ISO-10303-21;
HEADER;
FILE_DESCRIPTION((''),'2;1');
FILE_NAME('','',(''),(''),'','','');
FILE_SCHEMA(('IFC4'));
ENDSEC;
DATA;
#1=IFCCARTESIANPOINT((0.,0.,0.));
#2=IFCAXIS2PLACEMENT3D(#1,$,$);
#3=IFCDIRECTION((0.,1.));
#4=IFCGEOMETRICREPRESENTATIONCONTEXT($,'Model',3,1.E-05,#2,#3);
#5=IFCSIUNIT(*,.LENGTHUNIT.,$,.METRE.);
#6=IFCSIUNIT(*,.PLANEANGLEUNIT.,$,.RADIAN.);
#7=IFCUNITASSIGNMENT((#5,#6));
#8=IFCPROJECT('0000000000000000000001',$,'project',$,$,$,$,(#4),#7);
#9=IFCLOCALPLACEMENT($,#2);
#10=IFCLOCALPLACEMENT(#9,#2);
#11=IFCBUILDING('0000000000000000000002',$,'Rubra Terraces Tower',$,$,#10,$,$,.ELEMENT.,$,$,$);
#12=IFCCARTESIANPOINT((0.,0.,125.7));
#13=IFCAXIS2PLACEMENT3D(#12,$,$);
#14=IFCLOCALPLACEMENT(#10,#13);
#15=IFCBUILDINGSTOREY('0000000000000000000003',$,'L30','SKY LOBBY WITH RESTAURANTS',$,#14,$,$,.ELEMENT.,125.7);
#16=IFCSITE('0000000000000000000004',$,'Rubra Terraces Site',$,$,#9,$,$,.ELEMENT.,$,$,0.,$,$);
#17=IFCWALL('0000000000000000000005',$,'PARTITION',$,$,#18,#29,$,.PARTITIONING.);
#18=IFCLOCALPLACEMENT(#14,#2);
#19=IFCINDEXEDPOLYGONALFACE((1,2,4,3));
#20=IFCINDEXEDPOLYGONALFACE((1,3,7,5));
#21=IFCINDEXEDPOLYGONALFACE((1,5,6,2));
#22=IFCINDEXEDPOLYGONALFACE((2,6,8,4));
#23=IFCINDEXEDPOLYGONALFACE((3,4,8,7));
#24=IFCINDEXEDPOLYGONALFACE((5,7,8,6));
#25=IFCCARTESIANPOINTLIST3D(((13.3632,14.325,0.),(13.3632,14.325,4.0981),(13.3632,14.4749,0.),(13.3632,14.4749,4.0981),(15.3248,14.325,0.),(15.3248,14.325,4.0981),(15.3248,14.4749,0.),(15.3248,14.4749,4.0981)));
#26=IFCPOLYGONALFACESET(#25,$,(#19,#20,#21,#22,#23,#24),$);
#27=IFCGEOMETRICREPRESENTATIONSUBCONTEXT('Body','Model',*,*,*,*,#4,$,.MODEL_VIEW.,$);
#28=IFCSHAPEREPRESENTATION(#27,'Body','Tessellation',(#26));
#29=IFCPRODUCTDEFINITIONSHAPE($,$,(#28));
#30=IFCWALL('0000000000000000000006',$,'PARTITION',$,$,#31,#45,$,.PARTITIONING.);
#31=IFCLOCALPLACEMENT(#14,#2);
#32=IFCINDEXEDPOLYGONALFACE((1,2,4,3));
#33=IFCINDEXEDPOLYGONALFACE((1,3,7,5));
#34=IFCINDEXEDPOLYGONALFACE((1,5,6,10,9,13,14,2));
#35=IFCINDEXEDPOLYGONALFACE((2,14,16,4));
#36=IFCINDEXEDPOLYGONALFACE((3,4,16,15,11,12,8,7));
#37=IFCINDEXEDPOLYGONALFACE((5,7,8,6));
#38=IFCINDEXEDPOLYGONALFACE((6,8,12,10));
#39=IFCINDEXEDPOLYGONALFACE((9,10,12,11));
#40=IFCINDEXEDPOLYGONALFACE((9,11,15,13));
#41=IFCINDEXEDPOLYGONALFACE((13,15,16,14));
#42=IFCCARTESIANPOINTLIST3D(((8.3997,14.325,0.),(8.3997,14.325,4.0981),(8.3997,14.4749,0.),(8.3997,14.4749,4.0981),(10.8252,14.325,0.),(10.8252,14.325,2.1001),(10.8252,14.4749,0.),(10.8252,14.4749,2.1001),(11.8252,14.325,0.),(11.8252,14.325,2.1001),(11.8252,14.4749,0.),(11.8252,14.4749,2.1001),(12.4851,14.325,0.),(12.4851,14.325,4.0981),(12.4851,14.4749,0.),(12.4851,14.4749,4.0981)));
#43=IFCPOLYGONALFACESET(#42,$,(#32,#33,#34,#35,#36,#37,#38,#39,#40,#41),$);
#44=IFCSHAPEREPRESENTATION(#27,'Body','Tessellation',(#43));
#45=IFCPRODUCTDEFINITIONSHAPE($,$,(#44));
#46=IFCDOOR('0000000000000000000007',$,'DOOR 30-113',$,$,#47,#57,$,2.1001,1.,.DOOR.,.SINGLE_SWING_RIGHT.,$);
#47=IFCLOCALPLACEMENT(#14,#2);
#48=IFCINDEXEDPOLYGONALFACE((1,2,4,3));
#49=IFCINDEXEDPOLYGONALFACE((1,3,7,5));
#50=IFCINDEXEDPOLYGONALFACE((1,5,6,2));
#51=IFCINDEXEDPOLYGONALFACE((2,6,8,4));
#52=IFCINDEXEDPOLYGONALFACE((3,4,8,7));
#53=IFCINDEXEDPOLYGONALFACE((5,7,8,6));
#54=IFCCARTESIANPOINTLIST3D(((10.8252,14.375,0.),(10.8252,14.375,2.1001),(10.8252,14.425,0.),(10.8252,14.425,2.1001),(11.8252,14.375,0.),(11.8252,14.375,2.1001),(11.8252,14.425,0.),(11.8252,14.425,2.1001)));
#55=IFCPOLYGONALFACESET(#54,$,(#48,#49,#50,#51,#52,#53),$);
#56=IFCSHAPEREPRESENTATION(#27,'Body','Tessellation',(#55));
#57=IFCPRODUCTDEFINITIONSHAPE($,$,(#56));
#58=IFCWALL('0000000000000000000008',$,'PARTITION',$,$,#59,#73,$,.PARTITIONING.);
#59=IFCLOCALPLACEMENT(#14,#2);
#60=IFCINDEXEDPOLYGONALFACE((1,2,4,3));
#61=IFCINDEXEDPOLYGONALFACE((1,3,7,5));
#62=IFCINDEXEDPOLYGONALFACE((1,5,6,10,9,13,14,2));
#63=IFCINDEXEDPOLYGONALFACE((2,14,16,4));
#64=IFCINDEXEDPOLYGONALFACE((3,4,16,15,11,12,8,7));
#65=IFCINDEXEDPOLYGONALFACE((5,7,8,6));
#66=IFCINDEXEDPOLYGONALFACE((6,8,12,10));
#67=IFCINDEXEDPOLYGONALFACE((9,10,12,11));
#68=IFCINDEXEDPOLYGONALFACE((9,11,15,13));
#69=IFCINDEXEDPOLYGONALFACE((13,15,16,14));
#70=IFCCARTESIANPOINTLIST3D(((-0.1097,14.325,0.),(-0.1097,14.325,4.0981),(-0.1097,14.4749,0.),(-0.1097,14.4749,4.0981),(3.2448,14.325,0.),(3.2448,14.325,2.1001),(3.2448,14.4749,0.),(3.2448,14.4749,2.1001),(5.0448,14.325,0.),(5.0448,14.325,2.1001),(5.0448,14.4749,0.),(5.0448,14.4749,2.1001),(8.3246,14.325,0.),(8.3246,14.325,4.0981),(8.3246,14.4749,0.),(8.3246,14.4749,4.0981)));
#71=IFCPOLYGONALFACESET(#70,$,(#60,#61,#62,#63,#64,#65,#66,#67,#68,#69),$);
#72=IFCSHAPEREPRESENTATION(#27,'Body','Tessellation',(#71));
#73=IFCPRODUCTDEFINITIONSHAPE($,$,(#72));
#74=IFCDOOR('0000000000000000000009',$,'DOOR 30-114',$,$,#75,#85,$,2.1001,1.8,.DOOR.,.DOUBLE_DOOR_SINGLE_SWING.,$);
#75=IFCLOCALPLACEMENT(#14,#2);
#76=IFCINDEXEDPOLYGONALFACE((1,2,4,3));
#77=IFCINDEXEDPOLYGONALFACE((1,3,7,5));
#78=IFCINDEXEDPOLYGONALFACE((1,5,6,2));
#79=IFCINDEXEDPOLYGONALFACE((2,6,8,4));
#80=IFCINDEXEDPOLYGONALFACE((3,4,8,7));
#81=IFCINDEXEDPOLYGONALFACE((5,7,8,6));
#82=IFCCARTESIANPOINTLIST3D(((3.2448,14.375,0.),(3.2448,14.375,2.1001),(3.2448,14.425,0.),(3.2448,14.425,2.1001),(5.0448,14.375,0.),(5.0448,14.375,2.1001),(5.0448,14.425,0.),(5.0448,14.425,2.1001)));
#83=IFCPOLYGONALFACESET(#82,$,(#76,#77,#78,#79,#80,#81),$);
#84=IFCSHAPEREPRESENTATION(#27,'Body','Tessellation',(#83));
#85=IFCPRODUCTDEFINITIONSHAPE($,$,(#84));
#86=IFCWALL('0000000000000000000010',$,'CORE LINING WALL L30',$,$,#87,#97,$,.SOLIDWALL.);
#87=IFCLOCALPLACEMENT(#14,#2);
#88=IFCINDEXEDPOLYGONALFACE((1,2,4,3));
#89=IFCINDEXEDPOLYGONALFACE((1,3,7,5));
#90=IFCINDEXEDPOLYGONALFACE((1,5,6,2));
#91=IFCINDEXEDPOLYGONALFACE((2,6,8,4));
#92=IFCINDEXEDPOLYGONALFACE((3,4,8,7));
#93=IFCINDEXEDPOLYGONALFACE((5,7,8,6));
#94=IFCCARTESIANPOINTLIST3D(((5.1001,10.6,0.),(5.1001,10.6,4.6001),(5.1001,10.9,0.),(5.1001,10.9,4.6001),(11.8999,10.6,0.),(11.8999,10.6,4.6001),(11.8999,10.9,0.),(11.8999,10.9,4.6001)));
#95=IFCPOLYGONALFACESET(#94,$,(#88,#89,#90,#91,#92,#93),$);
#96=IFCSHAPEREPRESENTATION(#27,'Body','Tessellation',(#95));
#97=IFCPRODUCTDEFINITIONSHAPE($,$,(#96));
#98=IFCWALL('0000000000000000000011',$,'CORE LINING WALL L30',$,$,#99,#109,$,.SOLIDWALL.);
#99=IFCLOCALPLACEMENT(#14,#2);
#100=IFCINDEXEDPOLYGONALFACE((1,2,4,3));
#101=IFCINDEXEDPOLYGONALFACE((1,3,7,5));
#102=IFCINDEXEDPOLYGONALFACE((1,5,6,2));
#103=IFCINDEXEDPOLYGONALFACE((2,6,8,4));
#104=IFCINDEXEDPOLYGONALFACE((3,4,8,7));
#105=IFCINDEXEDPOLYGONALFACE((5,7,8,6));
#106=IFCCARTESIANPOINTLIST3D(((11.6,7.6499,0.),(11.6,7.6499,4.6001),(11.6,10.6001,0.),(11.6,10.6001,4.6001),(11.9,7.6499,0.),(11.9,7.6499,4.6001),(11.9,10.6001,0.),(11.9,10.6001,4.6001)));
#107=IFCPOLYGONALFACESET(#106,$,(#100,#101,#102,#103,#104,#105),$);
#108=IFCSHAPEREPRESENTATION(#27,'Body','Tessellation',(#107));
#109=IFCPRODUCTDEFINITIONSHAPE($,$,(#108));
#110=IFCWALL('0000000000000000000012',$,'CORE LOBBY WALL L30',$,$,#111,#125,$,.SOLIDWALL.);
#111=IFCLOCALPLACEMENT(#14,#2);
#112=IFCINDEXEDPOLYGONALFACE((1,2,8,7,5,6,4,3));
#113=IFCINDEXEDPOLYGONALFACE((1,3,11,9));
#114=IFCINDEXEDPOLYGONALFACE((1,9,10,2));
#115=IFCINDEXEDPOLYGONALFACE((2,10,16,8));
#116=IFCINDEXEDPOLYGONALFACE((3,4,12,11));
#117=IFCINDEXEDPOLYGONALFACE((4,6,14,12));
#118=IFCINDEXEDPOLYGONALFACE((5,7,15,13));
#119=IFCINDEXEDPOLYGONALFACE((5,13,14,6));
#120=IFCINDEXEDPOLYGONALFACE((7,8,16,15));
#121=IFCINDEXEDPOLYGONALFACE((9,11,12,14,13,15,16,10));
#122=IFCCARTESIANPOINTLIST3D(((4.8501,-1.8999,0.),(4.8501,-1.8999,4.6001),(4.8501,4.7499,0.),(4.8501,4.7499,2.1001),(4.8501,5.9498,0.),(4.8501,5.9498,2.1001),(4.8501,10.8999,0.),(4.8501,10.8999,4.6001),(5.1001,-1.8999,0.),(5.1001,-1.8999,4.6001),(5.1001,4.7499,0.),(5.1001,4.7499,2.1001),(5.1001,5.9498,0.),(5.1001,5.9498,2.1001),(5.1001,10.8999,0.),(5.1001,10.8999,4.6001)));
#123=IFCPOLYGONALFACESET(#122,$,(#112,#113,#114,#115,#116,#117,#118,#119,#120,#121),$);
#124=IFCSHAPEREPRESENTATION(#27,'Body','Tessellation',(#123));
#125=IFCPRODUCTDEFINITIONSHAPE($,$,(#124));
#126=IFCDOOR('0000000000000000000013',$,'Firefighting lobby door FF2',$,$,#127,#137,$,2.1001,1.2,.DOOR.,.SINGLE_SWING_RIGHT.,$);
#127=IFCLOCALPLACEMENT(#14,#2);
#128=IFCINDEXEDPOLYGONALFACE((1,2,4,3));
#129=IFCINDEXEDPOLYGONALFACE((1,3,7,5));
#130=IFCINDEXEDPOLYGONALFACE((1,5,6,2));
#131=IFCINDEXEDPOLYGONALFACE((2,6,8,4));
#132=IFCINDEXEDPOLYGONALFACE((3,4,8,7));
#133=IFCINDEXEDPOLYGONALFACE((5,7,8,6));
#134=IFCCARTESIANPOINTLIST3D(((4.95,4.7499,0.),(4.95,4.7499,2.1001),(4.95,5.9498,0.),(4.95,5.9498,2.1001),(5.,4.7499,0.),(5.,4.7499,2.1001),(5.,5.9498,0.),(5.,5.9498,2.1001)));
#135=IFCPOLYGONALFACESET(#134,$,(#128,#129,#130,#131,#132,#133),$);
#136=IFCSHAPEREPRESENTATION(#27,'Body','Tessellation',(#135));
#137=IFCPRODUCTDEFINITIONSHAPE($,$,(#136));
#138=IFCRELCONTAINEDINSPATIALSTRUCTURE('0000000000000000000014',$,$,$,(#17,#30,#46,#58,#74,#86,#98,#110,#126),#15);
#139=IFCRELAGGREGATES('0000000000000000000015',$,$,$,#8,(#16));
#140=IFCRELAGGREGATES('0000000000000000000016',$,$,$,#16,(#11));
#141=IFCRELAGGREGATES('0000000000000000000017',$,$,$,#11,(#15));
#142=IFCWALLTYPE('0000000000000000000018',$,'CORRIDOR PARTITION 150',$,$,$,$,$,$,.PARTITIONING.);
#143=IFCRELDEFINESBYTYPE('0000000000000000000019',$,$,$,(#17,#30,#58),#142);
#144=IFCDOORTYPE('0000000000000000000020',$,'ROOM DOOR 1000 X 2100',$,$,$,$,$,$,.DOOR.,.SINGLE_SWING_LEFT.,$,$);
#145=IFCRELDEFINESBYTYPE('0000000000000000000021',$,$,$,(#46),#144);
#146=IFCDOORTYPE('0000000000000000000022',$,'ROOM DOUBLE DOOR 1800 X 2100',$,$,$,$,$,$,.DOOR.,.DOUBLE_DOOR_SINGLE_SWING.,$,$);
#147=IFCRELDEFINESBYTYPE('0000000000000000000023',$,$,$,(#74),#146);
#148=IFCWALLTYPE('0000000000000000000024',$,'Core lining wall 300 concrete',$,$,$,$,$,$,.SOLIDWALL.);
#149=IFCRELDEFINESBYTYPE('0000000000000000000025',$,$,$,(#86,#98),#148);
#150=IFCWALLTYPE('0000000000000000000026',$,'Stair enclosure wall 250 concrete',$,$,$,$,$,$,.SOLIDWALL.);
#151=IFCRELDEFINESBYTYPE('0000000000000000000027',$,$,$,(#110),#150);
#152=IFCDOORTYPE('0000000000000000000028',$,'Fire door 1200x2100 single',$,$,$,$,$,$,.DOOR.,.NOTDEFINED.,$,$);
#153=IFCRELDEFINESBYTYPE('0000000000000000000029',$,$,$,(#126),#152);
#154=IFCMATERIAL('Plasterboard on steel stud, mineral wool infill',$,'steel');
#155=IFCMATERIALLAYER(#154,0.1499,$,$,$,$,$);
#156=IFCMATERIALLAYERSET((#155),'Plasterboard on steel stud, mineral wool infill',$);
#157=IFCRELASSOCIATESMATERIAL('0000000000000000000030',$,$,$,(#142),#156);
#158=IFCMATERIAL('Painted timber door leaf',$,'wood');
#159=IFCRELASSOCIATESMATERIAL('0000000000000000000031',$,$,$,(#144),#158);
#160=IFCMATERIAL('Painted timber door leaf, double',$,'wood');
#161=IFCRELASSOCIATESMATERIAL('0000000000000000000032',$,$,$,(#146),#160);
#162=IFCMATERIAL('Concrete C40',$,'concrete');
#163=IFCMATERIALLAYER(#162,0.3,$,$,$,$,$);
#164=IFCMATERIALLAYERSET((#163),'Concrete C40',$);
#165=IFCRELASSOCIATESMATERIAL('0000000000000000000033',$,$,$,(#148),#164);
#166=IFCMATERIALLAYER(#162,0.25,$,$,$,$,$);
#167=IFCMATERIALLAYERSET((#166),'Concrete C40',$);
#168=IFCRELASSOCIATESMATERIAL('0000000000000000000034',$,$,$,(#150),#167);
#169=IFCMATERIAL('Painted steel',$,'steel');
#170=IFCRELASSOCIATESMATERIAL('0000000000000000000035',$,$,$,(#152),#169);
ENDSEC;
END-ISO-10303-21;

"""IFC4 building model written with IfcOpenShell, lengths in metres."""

from ifc_helpers import new_model, si_unit, direction, frame, frame_2d, origin, place, context, subcontext, project, spatial, rectangle, extrude, material, layer, layer_set, type_object, element, fill, save


model = new_model("IFC4")

# Units and contexts
model_context = context("Model", 3, precision=1e-05, world=origin(), true_north=direction((0.0, 1.0)))
body_context = subcontext(model_context, "Body", "Model", "MODEL_VIEW")
ifc_project = project(units=[si_unit("LENGTHUNIT", "METRE"), si_unit("PLANEANGLEUNIT", "RADIAN")], contexts=[model_context])

# Site, building, storey
site_placement = place(None, origin())
site = spatial("IfcSite", under=ifc_project, at=site_placement, Name="Rubra Terraces Site", CompositionType="ELEMENT", RefElevation=0.0)
building_placement = place(site_placement, origin())
building = spatial("IfcBuilding", under=site, at=building_placement, Name="Rubra Terraces Tower", CompositionType="ELEMENT")
storey_placement = place(building_placement, frame((0.0, 0.0, 125.7)))
storey = spatial("IfcBuildingStorey", under=building, at=storey_placement, Name="L30", Description="SKY LOBBY WITH RESTAURANTS", CompositionType="ELEMENT", Elevation=125.7)

# Wall
ifc_material_1 = material(Name="Plasterboard on steel stud, mineral wool infill", Category="steel")
ifc_layer_1 = layer(ifc_material_1, 0.1499)
ifc_layer_set_1 = layer_set([ifc_layer_1], Name="Plasterboard on steel stud, mineral wool infill")
wall_type_1 = type_object("IfcWallType", Name="CORRIDOR PARTITION 150", PredefinedType="PARTITIONING", material=ifc_layer_set_1)
wall_1_placement = place(storey_placement, frame((15.325, 14.3999, 0.0), z_axis=(0.0, 0.0, 1.0), x_axis=(-1.0, 0.0, 0.0)))
element("IfcWall", 1, at=wall_1_placement, inside=storey, type_object=wall_type_1, Name="PARTITION", PredefinedType="PARTITIONING", context=body_context, shape_type="SweptSolid", body=[
    extrude(rectangle(XDim=1.9617, YDim=0.1499, at=frame_2d((0.981, 0.0))), origin(), (0.0, 0.0, 1.0), 4.0981),
])

# Walls, openings, doors
wall_2_placement = place(storey_placement, frame((12.4851, 14.3999, 0.0), z_axis=(0.0, 0.0, 1.0), x_axis=(-1.0, 0.0, 0.0)))
wall_2 = element("IfcWall", 2, at=wall_2_placement, inside=storey, type_object=wall_type_1, Name="PARTITION", PredefinedType="PARTITIONING", context=body_context, shape_type="SweptSolid", body=[
    extrude(rectangle(XDim=4.0854, YDim=0.1499, at=frame_2d((2.0427, 0.0))), origin(), (0.0, 0.0, 1.0), 4.0981),
])
opening_1_placement = place(wall_2_placement, frame((0.6599, 0.0, 0.0)))
opening_1 = element("IfcOpeningElement", 3, at=opening_1_placement, cuts=wall_2, PredefinedType="OPENING", context=body_context, shape_type="SweptSolid", body=[
    extrude(rectangle(XDim=1.0, YDim=2.1001, at=frame_2d((0.5, 1.05))), frame((0.0, 0.085, 0.0), z_axis=(0.0, -1.0, 0.0), x_axis=(1.0, 0.0, 0.0)), (0.0, 0.0, 1.0), 0.1699),
])
ifc_material_2 = material(Name="Painted timber door leaf", Category="wood")
door_type_1 = type_object("IfcDoorType", Name="ROOM DOOR 1000 X 2100", OperationType="SINGLE_SWING_LEFT", PredefinedType="DOOR", material=ifc_material_2)
door_1_placement = place(opening_1_placement, origin())
door_1 = element("IfcDoor", 4, at=door_1_placement, inside=storey, type_object=door_type_1, Name="DOOR 30-113", OperationType="SINGLE_SWING_RIGHT", OverallHeight=2.1001, OverallWidth=1.0, PredefinedType="DOOR", context=body_context, shape_type="SweptSolid", body=[
    extrude(rectangle(XDim=1.0, YDim=2.1001, at=frame_2d((0.5, 1.05))), frame((0.0, 0.0249, 0.0), z_axis=(0.0, -1.0, 0.0), x_axis=(1.0, 0.0, 0.0)), (0.0, 0.0, 1.0), 0.05),
])
fill(opening_1, door_1)
wall_3_placement = place(storey_placement, frame((8.3247, 14.3999, 0.0), z_axis=(0.0, 0.0, 1.0), x_axis=(-1.0, 0.0, 0.0)))
wall_3 = element("IfcWall", 5, at=wall_3_placement, inside=storey, type_object=wall_type_1, Name="PARTITION", PredefinedType="PARTITIONING", context=body_context, shape_type="SweptSolid", body=[
    extrude(rectangle(XDim=8.4343, YDim=0.1499, at=frame_2d((4.2173, 0.0))), origin(), (0.0, 0.0, 1.0), 4.0981),
])
opening_2_placement = place(wall_3_placement, frame((3.28, 0.0, 0.0)))
opening_2 = element("IfcOpeningElement", 6, at=opening_2_placement, cuts=wall_3, PredefinedType="OPENING", context=body_context, shape_type="SweptSolid", body=[
    extrude(rectangle(XDim=1.8, YDim=2.1001, at=frame_2d((0.8999, 1.05))), frame((0.0, 0.085, 0.0), z_axis=(0.0, -1.0, 0.0), x_axis=(1.0, 0.0, 0.0)), (0.0, 0.0, 1.0), 0.1699),
])
ifc_material_3 = material(Name="Painted timber door leaf, double", Category="wood")
door_type_2 = type_object("IfcDoorType", Name="ROOM DOUBLE DOOR 1800 X 2100", OperationType="DOUBLE_DOOR_SINGLE_SWING", PredefinedType="DOOR", material=ifc_material_3)
door_2_placement = place(opening_2_placement, origin())
door_2 = element("IfcDoor", 7, at=door_2_placement, inside=storey, type_object=door_type_2, Name="DOOR 30-114", OperationType="DOUBLE_DOOR_SINGLE_SWING", OverallHeight=2.1001, OverallWidth=1.8, PredefinedType="DOOR", context=body_context, shape_type="SweptSolid", body=[
    extrude(rectangle(XDim=1.8, YDim=2.1001, at=frame_2d((0.8999, 1.05))), frame((0.0, 0.0249, 0.0), z_axis=(0.0, -1.0, 0.0), x_axis=(1.0, 0.0, 0.0)), (0.0, 0.0, 1.0), 0.05),
])
fill(opening_2, door_2)

# Walls
ifc_material_4 = material(Name="Concrete C40", Category="concrete")
ifc_layer_2 = layer(ifc_material_4, 0.3)
ifc_layer_set_2 = layer_set([ifc_layer_2], Name="Concrete C40")
wall_type_2 = type_object("IfcWallType", Name="Core lining wall 300 concrete", PredefinedType="SOLIDWALL", material=ifc_layer_set_2)
wall_4_placement = place(storey_placement, frame((11.8999, 10.75, 0.0), z_axis=(0.0, 0.0, 1.0), x_axis=(-1.0, 0.0, 0.0)))
element("IfcWall", 8, at=wall_4_placement, inside=storey, type_object=wall_type_2, Name="CORE LINING WALL L30", PredefinedType="SOLIDWALL", context=body_context, shape_type="SweptSolid", body=[
    extrude(rectangle(XDim=6.7998, YDim=0.3, at=frame_2d((3.3999, 0.0))), origin(), (0.0, 0.0, 1.0), 4.6001),
])
wall_5_placement = place(storey_placement, frame((11.75, 10.6001, 0.0), z_axis=(0.0, 0.0, 1.0), x_axis=(0.0, -1.0, 0.0)))
element("IfcWall", 9, at=wall_5_placement, inside=storey, type_object=wall_type_2, Name="CORE LINING WALL L30", PredefinedType="SOLIDWALL", context=body_context, shape_type="SweptSolid", body=[
    extrude(rectangle(XDim=2.9502, YDim=0.3, at=frame_2d((1.4751, 0.0))), origin(), (0.0, 0.0, 1.0), 4.6001),
])

# Wall, opening, door
ifc_layer_3 = layer(ifc_material_4, 0.25)
ifc_layer_set_3 = layer_set([ifc_layer_3], Name="Concrete C40")
wall_type_3 = type_object("IfcWallType", Name="Stair enclosure wall 250 concrete", PredefinedType="SOLIDWALL", material=ifc_layer_set_3)
wall_6_placement = place(storey_placement, frame((4.9751, 10.8999, 0.0), z_axis=(0.0, 0.0, 1.0), x_axis=(0.0, -1.0, 0.0)))
wall_6 = element("IfcWall", 10, at=wall_6_placement, inside=storey, type_object=wall_type_3, Name="CORE LOBBY WALL L30", PredefinedType="SOLIDWALL", context=body_context, shape_type="SweptSolid", body=[
    extrude(rectangle(XDim=12.7998, YDim=0.25, at=frame_2d((6.3999, 0.0))), origin(), (0.0, 0.0, 1.0), 4.6001),
])
opening_3_placement = place(wall_6_placement, frame((4.95, 0.0, 0.0)))
opening_3 = element("IfcOpeningElement", 11, at=opening_3_placement, cuts=wall_6, PredefinedType="OPENING", context=body_context, shape_type="SweptSolid", body=[
    extrude(rectangle(XDim=1.2, YDim=2.1001, at=frame_2d((0.6001, 1.05))), frame((0.0, 0.135, 0.0), z_axis=(0.0, -1.0, 0.0), x_axis=(1.0, 0.0, 0.0)), (0.0, 0.0, 1.0), 0.27),
])
ifc_material_5 = material(Name="Painted steel", Category="steel")
door_type_3 = type_object("IfcDoorType", Name="Fire door 1200x2100 single", OperationType="NOTDEFINED", PredefinedType="DOOR", material=ifc_material_5)
door_3_placement = place(opening_3_placement, origin())
door_3 = element("IfcDoor", 12, at=door_3_placement, inside=storey, type_object=door_type_3, Name="Firefighting lobby door FF2", OperationType="SINGLE_SWING_RIGHT", OverallHeight=2.1001, OverallWidth=1.2, PredefinedType="DOOR", context=body_context, shape_type="SweptSolid", body=[
    extrude(rectangle(XDim=1.2, YDim=2.1001, at=frame_2d((0.6001, 1.05))), frame((0.0, 0.0249, 0.0), z_axis=(0.0, -1.0, 0.0), x_axis=(1.0, 0.0, 0.0)), (0.0, 0.0, 1.0), 0.05),
])
fill(opening_3, door_3)

save(model, "model.ifc")
